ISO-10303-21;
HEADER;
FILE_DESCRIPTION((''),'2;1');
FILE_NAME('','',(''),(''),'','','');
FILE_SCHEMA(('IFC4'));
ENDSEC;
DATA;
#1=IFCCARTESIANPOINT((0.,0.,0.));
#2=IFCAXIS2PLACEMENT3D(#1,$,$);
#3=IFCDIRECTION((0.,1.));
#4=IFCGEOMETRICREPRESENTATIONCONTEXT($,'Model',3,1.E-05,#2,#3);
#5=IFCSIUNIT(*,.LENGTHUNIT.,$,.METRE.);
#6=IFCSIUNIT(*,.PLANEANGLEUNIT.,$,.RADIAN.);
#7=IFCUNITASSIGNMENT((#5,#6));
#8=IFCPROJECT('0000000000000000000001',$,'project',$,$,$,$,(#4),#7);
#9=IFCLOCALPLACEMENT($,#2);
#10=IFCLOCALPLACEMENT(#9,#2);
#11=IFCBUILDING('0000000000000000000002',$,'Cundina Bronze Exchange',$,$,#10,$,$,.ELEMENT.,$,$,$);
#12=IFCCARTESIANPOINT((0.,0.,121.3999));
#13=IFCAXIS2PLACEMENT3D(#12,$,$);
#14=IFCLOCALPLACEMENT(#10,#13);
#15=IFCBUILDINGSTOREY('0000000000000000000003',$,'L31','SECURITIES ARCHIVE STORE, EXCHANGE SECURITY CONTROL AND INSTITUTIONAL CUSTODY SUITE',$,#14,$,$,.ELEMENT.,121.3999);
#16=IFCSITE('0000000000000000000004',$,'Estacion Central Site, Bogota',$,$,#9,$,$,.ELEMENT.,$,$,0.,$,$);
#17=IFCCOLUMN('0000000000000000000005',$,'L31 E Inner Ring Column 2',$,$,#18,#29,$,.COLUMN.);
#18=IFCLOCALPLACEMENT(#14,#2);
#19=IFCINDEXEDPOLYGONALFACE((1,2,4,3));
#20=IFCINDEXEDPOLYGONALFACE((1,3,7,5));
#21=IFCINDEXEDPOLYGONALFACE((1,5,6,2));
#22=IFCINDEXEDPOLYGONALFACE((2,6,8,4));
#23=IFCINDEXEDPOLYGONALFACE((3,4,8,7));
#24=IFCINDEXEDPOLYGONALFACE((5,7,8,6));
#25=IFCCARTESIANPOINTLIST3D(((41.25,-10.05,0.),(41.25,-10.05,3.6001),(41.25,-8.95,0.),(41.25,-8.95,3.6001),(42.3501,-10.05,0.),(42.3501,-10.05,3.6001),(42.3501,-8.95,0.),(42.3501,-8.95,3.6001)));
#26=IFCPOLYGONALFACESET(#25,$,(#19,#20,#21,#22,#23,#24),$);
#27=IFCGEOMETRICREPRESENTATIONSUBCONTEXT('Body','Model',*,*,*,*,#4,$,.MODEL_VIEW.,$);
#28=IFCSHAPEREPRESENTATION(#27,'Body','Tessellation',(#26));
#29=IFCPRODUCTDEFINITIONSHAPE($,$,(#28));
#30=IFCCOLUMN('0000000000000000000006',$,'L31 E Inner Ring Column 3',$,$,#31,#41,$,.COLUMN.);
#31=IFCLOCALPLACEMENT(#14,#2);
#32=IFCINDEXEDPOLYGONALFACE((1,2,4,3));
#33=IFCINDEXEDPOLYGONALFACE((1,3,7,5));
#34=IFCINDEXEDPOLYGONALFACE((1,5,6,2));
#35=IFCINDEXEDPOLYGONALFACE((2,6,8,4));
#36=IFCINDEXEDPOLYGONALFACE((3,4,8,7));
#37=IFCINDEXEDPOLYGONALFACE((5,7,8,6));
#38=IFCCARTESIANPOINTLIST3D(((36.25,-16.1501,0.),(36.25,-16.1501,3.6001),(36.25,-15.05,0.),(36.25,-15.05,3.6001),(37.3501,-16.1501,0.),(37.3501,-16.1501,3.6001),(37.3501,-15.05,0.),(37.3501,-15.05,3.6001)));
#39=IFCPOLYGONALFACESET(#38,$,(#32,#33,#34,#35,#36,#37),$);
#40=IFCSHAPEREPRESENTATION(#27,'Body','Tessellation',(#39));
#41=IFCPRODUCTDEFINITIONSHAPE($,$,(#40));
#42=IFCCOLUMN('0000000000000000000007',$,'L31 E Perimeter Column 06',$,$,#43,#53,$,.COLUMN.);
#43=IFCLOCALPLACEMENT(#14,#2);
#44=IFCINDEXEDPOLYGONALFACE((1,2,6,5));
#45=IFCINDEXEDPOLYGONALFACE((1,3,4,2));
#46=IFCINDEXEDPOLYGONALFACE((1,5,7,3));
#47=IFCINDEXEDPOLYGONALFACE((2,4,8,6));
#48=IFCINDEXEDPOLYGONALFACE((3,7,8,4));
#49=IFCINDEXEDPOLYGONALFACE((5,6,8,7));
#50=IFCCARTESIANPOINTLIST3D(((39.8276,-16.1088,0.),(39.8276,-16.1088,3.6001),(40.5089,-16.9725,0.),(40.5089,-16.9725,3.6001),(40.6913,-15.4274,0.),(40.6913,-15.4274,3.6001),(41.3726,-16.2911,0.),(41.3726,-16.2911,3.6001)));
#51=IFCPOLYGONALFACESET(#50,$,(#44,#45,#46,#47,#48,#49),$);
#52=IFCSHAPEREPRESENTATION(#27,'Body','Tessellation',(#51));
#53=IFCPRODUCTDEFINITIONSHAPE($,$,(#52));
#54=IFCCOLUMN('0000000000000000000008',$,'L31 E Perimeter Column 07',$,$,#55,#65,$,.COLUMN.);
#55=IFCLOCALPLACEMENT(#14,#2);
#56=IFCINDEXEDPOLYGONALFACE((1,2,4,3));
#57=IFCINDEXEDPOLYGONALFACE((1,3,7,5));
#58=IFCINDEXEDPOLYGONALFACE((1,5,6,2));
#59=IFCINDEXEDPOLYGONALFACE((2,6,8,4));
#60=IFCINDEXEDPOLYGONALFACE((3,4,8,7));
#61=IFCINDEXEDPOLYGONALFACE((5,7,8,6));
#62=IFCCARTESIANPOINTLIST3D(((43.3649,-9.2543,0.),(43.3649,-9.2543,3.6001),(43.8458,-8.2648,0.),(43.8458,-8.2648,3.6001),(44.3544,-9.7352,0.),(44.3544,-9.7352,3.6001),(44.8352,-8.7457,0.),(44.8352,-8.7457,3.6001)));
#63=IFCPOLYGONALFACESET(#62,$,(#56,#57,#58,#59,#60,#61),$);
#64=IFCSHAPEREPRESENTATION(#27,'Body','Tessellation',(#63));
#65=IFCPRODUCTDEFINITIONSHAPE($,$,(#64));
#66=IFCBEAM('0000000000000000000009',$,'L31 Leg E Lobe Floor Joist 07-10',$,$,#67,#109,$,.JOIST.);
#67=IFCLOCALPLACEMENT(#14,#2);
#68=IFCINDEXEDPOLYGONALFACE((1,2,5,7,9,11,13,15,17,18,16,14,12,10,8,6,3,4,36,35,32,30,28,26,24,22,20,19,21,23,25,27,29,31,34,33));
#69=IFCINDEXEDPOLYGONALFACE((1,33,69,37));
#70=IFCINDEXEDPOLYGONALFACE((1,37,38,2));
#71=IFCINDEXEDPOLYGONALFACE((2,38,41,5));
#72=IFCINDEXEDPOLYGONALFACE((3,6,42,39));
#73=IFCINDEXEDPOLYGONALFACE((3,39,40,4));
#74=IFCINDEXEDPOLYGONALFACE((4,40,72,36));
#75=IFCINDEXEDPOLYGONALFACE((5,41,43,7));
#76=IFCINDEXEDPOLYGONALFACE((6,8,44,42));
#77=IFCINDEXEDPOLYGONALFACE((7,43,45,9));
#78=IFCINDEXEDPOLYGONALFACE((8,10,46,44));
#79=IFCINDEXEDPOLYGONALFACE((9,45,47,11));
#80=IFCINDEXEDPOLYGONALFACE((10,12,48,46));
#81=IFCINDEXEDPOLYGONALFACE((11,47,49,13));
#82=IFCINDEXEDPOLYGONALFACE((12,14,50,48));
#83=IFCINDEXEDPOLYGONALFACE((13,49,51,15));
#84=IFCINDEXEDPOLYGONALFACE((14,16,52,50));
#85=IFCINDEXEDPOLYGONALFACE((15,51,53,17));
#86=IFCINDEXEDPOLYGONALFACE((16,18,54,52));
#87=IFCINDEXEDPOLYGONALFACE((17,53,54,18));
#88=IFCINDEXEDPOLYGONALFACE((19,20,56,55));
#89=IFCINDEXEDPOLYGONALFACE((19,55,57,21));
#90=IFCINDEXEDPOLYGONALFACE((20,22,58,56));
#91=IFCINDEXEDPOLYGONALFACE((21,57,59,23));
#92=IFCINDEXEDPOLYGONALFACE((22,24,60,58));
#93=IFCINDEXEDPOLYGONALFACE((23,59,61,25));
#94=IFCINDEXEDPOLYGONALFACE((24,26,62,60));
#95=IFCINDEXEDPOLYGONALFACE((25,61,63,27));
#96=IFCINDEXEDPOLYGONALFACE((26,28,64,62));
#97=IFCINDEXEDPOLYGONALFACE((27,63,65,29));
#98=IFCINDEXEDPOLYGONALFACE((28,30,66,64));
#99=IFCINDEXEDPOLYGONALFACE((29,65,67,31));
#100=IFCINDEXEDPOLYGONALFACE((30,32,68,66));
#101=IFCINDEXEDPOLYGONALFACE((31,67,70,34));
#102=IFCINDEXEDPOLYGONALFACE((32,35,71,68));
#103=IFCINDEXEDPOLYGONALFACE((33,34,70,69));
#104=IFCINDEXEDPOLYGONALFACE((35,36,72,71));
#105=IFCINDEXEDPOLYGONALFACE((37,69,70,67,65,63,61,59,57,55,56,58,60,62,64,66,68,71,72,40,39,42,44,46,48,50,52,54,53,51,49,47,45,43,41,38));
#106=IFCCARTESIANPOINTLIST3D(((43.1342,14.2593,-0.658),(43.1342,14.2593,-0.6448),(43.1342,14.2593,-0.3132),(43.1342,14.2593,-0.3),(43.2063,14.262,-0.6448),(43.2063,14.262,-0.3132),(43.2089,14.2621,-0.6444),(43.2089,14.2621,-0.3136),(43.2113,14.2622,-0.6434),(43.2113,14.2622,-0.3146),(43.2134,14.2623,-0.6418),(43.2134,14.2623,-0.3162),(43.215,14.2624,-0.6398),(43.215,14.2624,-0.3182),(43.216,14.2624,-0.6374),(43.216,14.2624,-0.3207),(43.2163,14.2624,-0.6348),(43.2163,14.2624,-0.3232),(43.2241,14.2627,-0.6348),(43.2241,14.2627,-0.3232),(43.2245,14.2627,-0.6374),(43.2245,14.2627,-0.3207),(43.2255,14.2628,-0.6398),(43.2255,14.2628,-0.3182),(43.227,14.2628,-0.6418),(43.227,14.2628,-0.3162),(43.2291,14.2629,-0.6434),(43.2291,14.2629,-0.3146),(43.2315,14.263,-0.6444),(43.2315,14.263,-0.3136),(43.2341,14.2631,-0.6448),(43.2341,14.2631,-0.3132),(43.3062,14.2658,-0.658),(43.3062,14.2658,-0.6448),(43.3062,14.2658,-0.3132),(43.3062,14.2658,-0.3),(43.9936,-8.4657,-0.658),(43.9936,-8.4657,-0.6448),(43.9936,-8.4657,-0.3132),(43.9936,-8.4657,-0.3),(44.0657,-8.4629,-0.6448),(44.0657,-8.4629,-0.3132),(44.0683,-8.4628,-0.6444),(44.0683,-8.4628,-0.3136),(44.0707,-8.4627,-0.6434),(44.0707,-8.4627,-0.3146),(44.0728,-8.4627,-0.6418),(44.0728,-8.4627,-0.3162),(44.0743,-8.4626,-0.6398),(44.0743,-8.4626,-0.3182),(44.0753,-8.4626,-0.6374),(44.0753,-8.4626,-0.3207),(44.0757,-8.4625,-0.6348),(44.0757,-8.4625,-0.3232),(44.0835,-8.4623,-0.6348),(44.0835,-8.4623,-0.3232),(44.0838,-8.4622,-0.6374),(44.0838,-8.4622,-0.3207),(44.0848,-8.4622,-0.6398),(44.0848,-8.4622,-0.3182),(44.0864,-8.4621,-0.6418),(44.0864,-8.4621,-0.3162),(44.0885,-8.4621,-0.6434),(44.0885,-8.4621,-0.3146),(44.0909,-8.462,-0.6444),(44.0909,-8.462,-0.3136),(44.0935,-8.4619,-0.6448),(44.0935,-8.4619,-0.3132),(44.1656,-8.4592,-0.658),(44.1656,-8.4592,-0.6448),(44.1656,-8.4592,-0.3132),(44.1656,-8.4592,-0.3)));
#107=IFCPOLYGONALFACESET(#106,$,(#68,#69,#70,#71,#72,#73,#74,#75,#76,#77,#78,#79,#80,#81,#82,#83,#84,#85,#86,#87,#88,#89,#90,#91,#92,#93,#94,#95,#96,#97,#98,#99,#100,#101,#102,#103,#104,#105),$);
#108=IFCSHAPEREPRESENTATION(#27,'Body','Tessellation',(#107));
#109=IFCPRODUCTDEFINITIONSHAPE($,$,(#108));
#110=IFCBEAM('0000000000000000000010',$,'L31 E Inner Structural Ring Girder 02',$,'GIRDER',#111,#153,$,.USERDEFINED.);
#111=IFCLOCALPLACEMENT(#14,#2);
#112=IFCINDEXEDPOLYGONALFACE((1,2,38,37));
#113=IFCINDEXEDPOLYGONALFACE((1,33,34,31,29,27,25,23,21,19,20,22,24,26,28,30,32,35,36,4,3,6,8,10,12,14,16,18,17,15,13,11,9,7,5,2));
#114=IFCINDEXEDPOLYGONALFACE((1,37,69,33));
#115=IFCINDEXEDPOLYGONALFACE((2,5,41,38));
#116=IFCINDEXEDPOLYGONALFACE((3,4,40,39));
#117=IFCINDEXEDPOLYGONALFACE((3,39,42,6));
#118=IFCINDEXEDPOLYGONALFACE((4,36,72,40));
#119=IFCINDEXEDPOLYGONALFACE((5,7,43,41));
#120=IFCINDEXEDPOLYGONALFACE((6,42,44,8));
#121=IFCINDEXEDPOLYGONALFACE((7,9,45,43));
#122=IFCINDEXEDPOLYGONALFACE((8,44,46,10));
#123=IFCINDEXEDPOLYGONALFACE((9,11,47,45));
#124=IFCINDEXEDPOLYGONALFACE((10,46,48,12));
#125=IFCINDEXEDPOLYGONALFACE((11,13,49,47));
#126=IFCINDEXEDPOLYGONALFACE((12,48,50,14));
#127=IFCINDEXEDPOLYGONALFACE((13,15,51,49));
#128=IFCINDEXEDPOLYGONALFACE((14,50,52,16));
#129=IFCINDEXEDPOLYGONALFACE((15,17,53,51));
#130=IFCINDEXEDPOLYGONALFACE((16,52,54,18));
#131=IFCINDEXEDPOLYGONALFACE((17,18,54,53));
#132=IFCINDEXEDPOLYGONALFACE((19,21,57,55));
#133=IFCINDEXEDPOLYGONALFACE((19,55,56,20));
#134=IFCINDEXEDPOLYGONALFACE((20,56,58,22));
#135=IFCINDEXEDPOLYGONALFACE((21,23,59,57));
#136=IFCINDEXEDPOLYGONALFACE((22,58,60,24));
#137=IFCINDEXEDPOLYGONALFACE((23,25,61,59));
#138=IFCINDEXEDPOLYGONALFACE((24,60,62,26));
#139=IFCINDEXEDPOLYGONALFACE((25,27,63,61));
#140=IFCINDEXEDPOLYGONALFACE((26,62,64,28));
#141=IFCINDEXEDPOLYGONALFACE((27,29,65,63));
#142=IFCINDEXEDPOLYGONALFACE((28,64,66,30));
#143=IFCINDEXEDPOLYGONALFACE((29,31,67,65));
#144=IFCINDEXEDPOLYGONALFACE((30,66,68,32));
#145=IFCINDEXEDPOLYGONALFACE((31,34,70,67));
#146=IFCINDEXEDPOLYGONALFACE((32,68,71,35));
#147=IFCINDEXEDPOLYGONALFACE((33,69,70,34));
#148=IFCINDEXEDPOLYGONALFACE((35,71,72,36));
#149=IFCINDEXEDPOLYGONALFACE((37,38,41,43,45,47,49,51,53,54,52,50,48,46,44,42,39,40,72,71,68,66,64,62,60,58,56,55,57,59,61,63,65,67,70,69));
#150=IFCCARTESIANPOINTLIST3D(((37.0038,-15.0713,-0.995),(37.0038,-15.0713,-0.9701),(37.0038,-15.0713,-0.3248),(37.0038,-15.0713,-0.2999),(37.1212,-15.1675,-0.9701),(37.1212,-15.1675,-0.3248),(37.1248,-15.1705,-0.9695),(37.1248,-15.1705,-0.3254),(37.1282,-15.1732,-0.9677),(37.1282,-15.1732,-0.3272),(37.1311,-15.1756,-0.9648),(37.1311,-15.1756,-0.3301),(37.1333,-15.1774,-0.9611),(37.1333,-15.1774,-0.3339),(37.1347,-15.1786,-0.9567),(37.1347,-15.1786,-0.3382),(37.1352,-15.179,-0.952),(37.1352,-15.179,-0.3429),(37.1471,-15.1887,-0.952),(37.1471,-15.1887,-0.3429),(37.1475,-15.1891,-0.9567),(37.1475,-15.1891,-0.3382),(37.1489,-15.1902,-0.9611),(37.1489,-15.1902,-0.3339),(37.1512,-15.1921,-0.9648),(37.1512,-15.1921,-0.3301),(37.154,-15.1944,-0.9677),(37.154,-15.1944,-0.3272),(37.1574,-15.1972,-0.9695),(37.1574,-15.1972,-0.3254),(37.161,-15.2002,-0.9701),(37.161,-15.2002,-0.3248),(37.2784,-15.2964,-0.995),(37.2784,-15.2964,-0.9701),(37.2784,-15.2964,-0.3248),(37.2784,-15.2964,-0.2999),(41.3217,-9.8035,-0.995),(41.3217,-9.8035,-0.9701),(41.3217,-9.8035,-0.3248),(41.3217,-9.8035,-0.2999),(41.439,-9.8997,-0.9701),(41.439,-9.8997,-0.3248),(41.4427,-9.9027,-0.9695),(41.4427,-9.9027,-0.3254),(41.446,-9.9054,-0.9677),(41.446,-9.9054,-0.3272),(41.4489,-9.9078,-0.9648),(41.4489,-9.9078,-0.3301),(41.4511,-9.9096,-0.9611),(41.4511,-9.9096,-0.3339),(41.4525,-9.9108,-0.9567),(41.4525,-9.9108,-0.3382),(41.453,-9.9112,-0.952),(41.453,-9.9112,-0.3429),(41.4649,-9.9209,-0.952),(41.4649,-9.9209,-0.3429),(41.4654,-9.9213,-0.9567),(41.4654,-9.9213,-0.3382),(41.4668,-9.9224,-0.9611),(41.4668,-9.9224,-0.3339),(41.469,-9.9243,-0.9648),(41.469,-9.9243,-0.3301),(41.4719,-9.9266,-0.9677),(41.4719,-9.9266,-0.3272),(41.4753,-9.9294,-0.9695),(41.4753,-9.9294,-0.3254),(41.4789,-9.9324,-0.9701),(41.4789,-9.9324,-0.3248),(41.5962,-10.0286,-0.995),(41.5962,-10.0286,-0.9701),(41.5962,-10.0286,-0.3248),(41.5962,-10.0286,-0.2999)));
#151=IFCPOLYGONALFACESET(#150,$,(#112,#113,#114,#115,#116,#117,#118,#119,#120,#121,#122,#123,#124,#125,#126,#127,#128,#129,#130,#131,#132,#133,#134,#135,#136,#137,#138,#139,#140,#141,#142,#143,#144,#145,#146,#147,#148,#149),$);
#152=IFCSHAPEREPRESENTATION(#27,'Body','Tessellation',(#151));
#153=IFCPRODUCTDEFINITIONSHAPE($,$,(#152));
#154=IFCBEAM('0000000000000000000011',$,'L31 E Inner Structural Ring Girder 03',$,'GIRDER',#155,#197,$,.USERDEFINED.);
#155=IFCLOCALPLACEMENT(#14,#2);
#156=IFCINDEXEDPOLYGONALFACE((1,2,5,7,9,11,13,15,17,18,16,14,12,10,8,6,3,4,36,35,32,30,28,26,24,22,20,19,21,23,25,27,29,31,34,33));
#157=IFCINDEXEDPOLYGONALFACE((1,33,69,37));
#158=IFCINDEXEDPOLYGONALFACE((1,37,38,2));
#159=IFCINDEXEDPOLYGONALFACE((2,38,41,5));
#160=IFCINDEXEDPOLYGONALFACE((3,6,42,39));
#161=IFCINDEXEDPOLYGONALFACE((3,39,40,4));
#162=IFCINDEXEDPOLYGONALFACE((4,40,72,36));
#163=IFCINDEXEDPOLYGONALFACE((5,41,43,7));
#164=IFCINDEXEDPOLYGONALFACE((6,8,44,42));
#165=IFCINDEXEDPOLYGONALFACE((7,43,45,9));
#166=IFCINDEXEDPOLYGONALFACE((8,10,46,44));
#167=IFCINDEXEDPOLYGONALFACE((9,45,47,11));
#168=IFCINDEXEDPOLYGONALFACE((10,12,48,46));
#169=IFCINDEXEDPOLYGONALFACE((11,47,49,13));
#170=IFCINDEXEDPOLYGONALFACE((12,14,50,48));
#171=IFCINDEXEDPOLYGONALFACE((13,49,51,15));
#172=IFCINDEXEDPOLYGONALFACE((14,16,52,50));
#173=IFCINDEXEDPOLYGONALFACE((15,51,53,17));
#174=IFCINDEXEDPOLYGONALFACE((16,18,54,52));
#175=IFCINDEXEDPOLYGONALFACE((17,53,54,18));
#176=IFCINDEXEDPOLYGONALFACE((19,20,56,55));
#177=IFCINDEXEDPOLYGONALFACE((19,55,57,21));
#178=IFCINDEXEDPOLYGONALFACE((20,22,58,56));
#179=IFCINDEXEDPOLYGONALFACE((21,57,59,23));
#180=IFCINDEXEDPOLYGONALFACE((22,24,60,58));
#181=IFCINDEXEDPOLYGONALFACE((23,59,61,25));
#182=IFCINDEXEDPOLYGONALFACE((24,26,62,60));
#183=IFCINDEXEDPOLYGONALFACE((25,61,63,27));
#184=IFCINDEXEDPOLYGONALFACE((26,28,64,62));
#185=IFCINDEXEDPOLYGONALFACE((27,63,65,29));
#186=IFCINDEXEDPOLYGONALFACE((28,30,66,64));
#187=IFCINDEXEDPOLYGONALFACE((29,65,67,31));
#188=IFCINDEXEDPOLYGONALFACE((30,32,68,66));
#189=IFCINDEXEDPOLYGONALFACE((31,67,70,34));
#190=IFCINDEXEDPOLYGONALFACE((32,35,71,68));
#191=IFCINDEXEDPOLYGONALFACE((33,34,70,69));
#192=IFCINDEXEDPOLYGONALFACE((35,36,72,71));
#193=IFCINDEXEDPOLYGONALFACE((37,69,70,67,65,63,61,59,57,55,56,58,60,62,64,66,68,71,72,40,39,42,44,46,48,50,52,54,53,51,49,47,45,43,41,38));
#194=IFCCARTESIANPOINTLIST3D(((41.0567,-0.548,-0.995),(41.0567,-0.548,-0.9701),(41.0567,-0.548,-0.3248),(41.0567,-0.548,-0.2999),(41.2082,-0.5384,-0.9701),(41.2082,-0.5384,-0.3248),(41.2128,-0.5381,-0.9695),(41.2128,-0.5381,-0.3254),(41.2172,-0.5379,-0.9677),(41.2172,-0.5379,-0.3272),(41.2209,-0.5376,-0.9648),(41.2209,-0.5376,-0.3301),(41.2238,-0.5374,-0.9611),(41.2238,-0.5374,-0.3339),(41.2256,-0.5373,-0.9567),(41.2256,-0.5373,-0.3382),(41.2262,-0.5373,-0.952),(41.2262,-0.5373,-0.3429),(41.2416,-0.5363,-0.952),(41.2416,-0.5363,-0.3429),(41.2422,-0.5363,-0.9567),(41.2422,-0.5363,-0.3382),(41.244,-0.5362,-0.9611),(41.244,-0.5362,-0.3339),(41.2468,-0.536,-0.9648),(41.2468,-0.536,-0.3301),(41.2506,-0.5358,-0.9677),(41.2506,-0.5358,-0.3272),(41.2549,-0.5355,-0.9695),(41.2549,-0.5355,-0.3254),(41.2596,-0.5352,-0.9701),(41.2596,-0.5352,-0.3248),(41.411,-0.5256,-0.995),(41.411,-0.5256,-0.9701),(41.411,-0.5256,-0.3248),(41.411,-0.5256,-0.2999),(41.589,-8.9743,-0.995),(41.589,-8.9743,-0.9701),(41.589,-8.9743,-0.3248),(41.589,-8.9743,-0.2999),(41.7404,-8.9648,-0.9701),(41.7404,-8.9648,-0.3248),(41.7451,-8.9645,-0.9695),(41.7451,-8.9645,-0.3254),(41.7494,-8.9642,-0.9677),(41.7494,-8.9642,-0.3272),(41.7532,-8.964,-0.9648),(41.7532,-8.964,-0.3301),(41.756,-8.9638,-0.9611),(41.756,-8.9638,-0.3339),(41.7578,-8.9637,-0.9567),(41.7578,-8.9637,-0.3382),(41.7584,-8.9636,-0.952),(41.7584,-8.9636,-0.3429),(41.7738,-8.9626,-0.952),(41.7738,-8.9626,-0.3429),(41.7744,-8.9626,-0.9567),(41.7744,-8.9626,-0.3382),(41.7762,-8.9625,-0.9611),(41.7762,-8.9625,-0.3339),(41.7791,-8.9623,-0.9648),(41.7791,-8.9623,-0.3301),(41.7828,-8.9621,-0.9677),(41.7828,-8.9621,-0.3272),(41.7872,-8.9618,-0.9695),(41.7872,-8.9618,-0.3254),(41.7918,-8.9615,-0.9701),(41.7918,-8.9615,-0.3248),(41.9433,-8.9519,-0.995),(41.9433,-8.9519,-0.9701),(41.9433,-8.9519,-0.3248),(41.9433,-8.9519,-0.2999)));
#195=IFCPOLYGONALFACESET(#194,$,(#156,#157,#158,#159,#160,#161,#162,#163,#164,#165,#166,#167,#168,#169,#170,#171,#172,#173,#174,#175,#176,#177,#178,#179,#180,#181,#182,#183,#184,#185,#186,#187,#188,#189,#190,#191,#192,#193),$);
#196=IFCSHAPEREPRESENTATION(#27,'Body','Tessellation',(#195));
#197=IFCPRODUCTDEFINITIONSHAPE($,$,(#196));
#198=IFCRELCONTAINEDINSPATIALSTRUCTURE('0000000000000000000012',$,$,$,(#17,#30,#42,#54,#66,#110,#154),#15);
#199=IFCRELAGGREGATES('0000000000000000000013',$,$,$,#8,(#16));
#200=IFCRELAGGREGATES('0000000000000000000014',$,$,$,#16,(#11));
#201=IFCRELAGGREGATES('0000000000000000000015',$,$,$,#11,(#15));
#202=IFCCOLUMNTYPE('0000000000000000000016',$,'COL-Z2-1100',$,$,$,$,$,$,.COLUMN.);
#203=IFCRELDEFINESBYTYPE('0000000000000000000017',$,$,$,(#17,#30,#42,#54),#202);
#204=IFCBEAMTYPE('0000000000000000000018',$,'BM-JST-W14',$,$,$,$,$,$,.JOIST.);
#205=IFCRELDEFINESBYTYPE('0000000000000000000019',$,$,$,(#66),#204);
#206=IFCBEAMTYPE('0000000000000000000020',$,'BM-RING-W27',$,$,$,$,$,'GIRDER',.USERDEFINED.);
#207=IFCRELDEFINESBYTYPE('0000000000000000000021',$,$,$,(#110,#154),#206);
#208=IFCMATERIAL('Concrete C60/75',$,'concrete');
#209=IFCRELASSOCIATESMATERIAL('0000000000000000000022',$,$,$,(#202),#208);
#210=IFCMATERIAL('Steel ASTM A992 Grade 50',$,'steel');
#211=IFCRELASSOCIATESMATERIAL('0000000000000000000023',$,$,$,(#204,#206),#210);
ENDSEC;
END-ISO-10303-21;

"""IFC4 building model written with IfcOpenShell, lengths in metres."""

from ifc_helpers import new_model, si_unit, direction, frame, origin, origin_2d, place, context, subcontext, project, spatial, rectangle, i_section, extrude, material, material_profile, profile_set, type_object, element, save


model = new_model("IFC4")

# Units and contexts
model_context = context("Model", 3, precision=1e-05, world=origin(), true_north=direction((0.0, 1.0)))
body_context = subcontext(model_context, "Body", "Model", "MODEL_VIEW")
ifc_project = project(units=[si_unit("LENGTHUNIT", "METRE"), si_unit("PLANEANGLEUNIT", "RADIAN")], contexts=[model_context])

# Site, building, storey
site_placement = place(None, origin())
site = spatial("IfcSite", under=ifc_project, at=site_placement, Name="Estacion Central Site, Bogota", CompositionType="ELEMENT", RefElevation=0.0)
building_placement = place(site_placement, origin())
building = spatial("IfcBuilding", under=site, at=building_placement, Name="Cundina Bronze Exchange", CompositionType="ELEMENT")
storey_placement = place(building_placement, frame((0.0, 0.0, 121.3999)))
storey = spatial("IfcBuildingStorey", under=building, at=storey_placement, Name="L31", Description="SECURITIES ARCHIVE STORE, EXCHANGE SECURITY CONTROL AND INSTITUTIONAL CUSTODY SUITE", CompositionType="ELEMENT", Elevation=121.3999)

# Columns
ifc_material_1 = material(Name="Concrete C60/75", Category="concrete")
ifc_material_profile_1 = material_profile(ifc_material_1, rectangle(XDim=1.1001, YDim=1.1001, at=origin_2d()), Name="RC1100X1100", Category="concrete")
ifc_profile_set_1 = profile_set([ifc_material_profile_1], Name="Concrete C60/75")
column_type = type_object("IfcColumnType", Name="COL-Z2-1100", PredefinedType="COLUMN", material=ifc_profile_set_1)
for number, where, z_axis, x_axis, name in (
    (1, (41.8, -9.5, 0.0), (0.0, 0.0, 1.0), (1.0, 0.0, 0.0), "L31 E Inner Ring Column 2"),
    (2, (36.8, -15.6001, 0.0), (0.0, 0.0, 1.0), (1.0, 0.0, 0.0), "L31 E Inner Ring Column 3"),
    (3, (40.6001, -16.2, 0.0), (0.0, 0.0, 1.0), (0.785101, 0.619368, 0.0), "L31 E Perimeter Column 06"),
    (4, (44.1001, -9.0, 0.0), (0.0, 0.0, 1.0), (0.437116, 0.899405, 0.0), "L31 E Perimeter Column 07"),
):
    element("IfcColumn", number, at=place(storey_placement, frame(where, z_axis=z_axis, x_axis=x_axis)), inside=storey, type_object=column_type, Name=name, PredefinedType="COLUMN", context=body_context, shape_type="SweptSolid", body=[
        extrude(rectangle(XDim=1.1001, YDim=1.1001, at=origin_2d()), origin(), (0.0, 0.0, 1.0), 3.6001),
    ])

# Beams
ifc_material_2 = material(Name="Steel ASTM A992 Grade 50", Category="steel")
ifc_material_profile_2 = material_profile(ifc_material_2, i_section(OverallWidth=0.1721, OverallDepth=0.3579, WebThickness=0.0078, FlangeThickness=0.0132, FilletRadius=0.01, at=origin_2d()), Name="W14X38", Category="steel")
ifc_profile_set_2 = profile_set([ifc_material_profile_2], Name="Steel ASTM A992 Grade 50")
beam_type_1 = type_object("IfcBeamType", Name="BM-JST-W14", PredefinedType="JOIST", material=ifc_profile_set_2)
beam_1_placement = place(storey_placement, frame((44.0796, -8.4624, -0.479), z_axis=(-0.03779, 0.999286, 0.0), x_axis=(-0.999286, -0.03779, 0.0)))
element("IfcBeam", 5, at=beam_1_placement, inside=storey, type_object=beam_type_1, Name="L31 Leg E Lobe Floor Joist 07-10", PredefinedType="JOIST", context=body_context, shape_type="SweptSolid", body=[
    extrude(i_section(OverallWidth=0.1721, OverallDepth=0.3579, WebThickness=0.0078, FlangeThickness=0.0132, FilletRadius=0.01, at=origin_2d()), origin(), (0.0, 0.0, 1.0), 22.7412),
])
ifc_material_profile_3 = material_profile(ifc_material_2, i_section(OverallWidth=0.355, OverallDepth=0.6951, WebThickness=0.0154, FlangeThickness=0.0249, FilletRadius=0.0181, at=origin_2d()), Name="W27X146", Category="steel")
ifc_profile_set_3 = profile_set([ifc_material_profile_3], Name="Steel ASTM A992 Grade 50")
beam_type_2 = type_object("IfcBeamType", Name="BM-RING-W27", ElementType="GIRDER", PredefinedType="USERDEFINED", material=ifc_profile_set_3)
beam_2_placement = place(storey_placement, frame((37.1411, -15.1838, -0.6475), z_axis=(0.633927, 0.773393, 0.0), x_axis=(-0.773393, 0.633927, 0.0)))
element("IfcBeam", 6, at=beam_2_placement, inside=storey, type_object=beam_type_2, Name="L31 E Inner Structural Ring Girder 02", ObjectType="GIRDER", PredefinedType="USERDEFINED", context=body_context, shape_type="SweptSolid", body=[
    extrude(i_section(OverallWidth=0.355, OverallDepth=0.6951, WebThickness=0.0154, FlangeThickness=0.0249, FilletRadius=0.0181, at=origin_2d()), origin(), (0.0, 0.0, 1.0), 6.8113),
])
beam_3_placement = place(storey_placement, frame((41.7661, -8.9631, -0.6475), z_axis=(-0.063037, 0.998011, 0.0), x_axis=(-0.998011, -0.063037, 0.0)))
element("IfcBeam", 7, at=beam_3_placement, inside=storey, type_object=beam_type_2, Name="L31 E Inner Structural Ring Girder 03", ObjectType="GIRDER", PredefinedType="USERDEFINED", context=body_context, shape_type="SweptSolid", body=[
    extrude(i_section(OverallWidth=0.355, OverallDepth=0.6951, WebThickness=0.0154, FlangeThickness=0.0249, FilletRadius=0.0181, at=origin_2d()), origin(), (0.0, 0.0, 1.0), 8.4431),
])

save(model, "model.ifc")
